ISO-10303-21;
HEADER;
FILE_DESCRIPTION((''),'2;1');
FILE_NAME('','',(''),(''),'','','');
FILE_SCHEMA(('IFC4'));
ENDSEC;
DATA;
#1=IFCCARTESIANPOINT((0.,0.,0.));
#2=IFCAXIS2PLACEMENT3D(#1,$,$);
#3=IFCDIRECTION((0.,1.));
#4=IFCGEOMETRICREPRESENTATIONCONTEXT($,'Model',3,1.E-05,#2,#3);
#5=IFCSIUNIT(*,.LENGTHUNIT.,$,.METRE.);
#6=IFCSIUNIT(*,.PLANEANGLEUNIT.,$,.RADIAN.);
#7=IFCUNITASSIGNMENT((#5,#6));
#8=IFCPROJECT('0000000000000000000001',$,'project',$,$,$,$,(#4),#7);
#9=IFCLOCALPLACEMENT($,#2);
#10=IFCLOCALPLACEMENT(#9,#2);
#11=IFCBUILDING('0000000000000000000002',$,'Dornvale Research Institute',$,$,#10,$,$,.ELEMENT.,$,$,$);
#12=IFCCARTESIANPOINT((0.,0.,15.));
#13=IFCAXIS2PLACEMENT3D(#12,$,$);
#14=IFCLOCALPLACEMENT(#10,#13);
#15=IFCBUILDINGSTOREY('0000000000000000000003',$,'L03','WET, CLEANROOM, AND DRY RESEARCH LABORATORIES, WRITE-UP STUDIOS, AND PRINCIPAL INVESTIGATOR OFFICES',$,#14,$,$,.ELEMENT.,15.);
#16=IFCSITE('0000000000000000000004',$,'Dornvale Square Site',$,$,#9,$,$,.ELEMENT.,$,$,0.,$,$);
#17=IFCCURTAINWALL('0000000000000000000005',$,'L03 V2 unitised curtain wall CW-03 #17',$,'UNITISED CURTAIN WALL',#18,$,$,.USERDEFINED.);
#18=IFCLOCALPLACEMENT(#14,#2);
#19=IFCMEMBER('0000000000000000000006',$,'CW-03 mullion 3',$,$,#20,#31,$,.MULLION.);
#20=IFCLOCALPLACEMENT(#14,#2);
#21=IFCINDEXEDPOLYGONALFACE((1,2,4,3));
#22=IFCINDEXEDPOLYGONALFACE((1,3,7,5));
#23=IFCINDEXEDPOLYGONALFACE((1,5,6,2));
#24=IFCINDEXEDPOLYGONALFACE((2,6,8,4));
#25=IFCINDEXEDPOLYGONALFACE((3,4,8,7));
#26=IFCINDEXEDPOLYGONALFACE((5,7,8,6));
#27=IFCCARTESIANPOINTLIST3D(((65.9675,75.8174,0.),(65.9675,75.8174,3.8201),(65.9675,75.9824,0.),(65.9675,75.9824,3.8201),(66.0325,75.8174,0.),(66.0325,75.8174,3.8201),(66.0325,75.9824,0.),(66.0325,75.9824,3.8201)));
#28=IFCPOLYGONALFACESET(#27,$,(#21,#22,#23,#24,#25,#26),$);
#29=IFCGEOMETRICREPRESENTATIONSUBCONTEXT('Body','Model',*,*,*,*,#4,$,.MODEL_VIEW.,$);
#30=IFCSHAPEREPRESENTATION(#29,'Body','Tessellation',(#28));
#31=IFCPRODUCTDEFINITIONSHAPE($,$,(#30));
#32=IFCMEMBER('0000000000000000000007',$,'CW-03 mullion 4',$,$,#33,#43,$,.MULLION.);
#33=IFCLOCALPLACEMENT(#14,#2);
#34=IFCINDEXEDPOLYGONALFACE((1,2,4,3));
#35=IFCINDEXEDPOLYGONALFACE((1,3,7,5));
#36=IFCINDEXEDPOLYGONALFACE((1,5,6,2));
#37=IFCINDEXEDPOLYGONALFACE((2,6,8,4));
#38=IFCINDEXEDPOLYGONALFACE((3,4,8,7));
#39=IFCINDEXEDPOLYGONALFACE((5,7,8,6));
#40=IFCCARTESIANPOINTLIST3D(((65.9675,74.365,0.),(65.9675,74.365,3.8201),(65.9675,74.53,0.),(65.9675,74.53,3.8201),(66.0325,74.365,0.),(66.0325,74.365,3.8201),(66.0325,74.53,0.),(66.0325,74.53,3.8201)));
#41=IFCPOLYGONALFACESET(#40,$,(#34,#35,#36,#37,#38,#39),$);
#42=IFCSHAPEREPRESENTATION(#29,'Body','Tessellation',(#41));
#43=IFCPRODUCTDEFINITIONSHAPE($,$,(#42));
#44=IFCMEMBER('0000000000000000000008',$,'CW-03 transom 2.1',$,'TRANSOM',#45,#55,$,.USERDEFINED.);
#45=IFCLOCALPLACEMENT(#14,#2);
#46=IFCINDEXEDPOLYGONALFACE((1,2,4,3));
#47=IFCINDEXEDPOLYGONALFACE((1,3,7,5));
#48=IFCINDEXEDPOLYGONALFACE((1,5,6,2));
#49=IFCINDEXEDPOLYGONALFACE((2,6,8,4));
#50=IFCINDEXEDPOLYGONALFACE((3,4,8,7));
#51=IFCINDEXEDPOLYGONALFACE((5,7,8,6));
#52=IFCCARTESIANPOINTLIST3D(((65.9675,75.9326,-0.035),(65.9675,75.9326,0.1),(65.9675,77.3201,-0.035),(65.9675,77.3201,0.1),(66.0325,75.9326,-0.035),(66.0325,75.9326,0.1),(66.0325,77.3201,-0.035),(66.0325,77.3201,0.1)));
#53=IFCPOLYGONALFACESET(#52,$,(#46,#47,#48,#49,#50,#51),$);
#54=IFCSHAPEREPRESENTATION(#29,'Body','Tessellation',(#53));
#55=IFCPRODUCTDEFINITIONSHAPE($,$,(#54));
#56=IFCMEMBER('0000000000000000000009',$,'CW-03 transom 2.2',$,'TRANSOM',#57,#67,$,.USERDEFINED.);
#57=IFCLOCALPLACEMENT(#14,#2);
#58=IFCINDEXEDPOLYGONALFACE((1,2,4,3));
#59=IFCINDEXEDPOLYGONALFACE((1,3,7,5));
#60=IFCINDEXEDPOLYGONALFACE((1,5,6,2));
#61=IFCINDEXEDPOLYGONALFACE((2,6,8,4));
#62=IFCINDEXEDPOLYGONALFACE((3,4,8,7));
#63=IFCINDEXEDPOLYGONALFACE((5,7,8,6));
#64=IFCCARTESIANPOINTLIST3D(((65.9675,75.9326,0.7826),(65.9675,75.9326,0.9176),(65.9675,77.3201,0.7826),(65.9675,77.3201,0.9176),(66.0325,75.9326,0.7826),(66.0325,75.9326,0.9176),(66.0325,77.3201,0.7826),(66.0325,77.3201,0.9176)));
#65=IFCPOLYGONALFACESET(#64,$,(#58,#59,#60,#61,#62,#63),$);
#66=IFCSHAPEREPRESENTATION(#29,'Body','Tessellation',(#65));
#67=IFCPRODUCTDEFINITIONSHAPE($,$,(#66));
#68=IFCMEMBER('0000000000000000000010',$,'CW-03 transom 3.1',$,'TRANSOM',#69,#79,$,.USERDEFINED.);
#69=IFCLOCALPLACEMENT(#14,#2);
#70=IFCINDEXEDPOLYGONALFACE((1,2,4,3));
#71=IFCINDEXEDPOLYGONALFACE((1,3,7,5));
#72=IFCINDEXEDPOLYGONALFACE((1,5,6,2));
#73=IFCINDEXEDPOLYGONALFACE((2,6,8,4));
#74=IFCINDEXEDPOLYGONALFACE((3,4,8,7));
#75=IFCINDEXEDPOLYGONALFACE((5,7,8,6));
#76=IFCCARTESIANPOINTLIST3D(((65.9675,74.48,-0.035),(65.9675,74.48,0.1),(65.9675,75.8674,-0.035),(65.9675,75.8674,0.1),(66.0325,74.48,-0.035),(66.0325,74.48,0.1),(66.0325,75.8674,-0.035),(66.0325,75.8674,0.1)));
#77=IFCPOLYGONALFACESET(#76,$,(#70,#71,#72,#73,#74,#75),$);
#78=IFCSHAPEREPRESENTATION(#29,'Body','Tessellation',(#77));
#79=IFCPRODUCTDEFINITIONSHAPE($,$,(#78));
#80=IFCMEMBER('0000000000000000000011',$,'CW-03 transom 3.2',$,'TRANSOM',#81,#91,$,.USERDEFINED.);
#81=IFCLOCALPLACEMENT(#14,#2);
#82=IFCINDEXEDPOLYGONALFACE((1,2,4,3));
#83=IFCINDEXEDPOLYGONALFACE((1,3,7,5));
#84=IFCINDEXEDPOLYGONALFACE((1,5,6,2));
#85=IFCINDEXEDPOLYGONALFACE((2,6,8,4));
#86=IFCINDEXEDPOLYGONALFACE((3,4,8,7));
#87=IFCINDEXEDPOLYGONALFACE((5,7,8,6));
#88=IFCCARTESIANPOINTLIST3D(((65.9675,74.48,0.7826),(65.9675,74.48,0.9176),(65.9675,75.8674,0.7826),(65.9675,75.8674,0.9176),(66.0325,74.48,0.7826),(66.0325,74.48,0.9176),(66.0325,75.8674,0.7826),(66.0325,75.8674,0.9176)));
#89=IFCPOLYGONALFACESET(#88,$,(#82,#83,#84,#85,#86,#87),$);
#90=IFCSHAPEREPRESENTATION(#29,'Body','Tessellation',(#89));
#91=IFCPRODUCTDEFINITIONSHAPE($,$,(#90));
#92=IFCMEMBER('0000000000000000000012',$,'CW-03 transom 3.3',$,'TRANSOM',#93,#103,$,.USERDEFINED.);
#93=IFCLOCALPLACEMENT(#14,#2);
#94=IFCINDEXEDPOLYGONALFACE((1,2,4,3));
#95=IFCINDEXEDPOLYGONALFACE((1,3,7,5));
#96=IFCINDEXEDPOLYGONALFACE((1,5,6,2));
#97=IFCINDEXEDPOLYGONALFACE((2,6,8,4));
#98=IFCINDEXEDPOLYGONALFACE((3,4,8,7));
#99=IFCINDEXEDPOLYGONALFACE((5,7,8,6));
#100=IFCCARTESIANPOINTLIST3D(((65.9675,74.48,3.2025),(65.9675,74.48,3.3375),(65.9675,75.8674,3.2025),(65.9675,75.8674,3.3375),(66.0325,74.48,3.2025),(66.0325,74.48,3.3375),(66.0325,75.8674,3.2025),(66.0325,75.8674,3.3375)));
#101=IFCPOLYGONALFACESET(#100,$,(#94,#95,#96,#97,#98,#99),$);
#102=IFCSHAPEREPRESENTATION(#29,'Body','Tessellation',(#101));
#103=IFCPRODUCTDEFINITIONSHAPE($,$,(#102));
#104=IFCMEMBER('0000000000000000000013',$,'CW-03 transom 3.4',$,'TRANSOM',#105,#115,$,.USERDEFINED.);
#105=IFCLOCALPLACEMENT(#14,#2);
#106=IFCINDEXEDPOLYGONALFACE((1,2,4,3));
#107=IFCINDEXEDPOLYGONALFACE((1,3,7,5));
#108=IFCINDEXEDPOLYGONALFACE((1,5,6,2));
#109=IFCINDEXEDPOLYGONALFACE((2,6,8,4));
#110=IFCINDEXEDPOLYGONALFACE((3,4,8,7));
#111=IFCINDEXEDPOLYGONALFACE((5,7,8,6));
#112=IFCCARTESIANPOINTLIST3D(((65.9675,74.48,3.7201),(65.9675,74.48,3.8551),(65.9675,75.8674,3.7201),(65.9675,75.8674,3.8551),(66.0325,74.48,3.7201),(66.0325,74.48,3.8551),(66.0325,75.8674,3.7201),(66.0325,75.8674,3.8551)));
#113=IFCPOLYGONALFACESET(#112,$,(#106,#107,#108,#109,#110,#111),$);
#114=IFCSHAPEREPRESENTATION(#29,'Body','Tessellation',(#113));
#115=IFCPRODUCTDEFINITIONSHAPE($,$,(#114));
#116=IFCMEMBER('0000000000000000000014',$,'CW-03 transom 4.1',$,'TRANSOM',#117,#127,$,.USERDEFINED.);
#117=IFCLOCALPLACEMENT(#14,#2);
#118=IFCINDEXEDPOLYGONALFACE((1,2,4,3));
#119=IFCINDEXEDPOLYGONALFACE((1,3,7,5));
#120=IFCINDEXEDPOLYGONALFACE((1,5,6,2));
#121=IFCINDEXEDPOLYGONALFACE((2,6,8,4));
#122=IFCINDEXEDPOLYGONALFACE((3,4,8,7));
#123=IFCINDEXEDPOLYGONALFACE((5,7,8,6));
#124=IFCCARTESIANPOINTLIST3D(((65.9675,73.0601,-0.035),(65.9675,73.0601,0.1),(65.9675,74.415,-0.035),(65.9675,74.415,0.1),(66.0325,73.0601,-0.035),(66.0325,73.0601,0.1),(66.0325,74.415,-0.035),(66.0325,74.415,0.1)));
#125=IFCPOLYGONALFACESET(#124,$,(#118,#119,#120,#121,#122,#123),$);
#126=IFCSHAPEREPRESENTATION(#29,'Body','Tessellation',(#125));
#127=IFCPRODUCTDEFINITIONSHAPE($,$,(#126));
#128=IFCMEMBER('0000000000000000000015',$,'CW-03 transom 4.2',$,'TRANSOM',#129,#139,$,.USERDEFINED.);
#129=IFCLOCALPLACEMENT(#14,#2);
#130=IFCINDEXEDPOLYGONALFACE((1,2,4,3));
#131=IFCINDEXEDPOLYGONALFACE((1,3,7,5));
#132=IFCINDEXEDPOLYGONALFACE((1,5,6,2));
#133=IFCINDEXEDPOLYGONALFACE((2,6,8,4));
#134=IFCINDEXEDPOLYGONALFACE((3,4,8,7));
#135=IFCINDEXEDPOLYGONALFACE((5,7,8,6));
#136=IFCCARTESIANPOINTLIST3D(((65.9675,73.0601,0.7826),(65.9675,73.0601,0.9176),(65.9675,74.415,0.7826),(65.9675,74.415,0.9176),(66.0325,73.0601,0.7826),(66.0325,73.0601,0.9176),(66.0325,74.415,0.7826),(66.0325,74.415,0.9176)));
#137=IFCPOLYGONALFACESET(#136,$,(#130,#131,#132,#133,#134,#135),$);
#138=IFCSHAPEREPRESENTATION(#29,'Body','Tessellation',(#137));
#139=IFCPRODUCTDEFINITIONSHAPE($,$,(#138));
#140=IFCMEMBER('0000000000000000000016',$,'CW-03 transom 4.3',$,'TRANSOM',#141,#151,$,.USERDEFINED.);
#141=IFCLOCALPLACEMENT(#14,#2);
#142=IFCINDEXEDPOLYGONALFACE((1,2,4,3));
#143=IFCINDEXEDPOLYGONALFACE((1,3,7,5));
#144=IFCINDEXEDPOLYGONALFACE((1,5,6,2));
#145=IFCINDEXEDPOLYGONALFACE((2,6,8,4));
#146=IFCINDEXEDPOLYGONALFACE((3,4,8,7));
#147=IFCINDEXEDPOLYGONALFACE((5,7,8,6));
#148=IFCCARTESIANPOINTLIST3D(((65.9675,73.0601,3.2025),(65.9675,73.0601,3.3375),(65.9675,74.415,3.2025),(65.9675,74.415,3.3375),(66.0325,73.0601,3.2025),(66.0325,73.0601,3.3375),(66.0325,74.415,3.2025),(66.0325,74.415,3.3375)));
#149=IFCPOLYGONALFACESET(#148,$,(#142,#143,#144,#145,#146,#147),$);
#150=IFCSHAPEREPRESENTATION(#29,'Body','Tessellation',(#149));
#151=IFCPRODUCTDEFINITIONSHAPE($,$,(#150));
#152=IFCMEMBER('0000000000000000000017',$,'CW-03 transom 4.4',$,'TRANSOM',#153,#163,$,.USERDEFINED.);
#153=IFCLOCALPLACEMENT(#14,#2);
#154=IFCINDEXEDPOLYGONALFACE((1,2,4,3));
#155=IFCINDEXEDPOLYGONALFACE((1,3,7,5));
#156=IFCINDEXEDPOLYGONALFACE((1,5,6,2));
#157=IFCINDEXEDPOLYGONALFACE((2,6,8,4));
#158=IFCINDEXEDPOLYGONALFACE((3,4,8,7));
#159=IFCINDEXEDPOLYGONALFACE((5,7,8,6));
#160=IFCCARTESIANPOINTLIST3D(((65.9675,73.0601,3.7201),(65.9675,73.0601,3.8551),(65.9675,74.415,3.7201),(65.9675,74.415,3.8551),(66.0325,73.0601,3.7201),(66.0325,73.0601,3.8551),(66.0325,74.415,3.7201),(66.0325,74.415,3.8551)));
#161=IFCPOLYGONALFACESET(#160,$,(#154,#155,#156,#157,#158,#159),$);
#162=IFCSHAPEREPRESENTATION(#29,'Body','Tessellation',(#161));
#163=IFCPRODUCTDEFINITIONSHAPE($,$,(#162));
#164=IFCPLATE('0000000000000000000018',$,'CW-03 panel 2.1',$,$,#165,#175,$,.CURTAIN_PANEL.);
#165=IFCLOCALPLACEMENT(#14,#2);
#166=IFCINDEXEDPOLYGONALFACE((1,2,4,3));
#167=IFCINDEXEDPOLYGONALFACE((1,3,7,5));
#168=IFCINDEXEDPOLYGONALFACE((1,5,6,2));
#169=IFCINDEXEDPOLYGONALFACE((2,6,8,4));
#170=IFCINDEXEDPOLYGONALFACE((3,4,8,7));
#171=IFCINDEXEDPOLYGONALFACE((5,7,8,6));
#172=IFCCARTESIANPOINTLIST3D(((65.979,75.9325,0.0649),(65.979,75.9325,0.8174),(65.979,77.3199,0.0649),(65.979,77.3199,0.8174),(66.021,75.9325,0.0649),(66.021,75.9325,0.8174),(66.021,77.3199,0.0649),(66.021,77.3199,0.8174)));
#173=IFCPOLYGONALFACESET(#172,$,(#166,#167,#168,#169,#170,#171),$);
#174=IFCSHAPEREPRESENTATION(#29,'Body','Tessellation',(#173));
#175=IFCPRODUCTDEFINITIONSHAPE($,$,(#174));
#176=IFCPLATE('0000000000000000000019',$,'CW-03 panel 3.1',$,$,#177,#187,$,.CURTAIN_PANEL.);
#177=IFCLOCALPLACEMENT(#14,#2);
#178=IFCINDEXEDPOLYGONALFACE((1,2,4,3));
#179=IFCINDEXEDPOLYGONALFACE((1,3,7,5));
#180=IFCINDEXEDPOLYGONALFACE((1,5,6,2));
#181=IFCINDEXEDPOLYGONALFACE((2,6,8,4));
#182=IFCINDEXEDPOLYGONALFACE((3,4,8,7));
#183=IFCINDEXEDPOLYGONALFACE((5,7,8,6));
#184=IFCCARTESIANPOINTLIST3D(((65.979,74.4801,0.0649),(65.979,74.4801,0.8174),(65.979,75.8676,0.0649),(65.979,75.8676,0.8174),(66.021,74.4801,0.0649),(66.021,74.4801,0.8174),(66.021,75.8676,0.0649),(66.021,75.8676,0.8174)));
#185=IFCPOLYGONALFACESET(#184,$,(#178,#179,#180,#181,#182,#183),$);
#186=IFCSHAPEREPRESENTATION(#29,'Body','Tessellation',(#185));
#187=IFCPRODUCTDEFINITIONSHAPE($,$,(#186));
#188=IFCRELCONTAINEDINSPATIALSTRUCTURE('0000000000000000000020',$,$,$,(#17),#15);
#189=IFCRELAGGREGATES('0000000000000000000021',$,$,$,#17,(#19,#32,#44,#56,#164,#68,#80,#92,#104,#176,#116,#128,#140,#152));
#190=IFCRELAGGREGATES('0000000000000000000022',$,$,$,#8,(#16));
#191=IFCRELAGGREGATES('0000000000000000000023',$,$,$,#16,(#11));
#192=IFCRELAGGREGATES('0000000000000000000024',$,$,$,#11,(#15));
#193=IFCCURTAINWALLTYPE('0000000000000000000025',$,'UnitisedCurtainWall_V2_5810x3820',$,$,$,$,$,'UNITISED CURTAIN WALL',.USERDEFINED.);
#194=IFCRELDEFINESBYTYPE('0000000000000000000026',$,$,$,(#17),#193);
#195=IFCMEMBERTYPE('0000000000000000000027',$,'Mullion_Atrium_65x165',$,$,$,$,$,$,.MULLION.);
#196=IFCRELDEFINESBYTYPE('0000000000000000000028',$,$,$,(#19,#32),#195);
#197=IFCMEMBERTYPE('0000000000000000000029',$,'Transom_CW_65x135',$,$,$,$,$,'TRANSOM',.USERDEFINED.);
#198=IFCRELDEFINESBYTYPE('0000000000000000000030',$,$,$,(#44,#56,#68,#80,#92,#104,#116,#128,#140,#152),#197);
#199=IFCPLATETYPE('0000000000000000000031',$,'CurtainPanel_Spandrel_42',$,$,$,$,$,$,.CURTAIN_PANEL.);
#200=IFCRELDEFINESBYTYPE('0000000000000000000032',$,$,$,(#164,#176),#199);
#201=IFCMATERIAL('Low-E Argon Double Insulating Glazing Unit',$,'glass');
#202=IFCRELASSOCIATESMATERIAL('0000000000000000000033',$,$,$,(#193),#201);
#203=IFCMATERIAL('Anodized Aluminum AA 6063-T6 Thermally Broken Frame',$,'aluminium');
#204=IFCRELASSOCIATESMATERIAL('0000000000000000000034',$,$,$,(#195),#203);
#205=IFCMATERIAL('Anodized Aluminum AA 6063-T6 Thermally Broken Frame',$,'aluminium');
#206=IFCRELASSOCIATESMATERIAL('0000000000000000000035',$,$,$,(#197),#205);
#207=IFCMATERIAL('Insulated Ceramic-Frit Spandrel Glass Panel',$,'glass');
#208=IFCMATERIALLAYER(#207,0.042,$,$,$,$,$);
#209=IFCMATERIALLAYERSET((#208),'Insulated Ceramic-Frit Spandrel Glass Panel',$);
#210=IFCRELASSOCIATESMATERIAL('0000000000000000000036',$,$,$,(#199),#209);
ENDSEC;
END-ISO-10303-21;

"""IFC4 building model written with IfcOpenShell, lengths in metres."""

from ifc_helpers import new_model, si_unit, direction, frame, origin, origin_2d, place, context, subcontext, project, spatial, rectangle, extrude, material, layer, layer_set, material_profile, profile_set, type_object, element, aggregate, save


model = new_model("IFC4")

# Units and contexts
model_context = context("Model", 3, precision=1e-05, world=origin(), true_north=direction((0.0, 1.0)))
body_context = subcontext(model_context, "Body", "Model", "MODEL_VIEW")
ifc_project = project(units=[si_unit("LENGTHUNIT", "METRE"), si_unit("PLANEANGLEUNIT", "RADIAN")], contexts=[model_context])

# Site, building, storey
site_placement = place(None, origin())
site = spatial("IfcSite", under=ifc_project, at=site_placement, Name="Dornvale Square Site", CompositionType="ELEMENT", RefElevation=0.0)
building_placement = place(site_placement, origin())
building = spatial("IfcBuilding", under=site, at=building_placement, Name="Dornvale Research Institute", CompositionType="ELEMENT")
storey_placement = place(building_placement, frame((0.0, 0.0, 15.0)))
storey = spatial("IfcBuildingStorey", under=building, at=storey_placement, Name="L03", Description="WET, CLEANROOM, AND DRY RESEARCH LABORATORIES, WRITE-UP STUDIOS, AND PRINCIPAL INVESTIGATOR OFFICES", CompositionType="ELEMENT", Elevation=15.0)

# Curtain wall, members, plates
ifc_material_1 = material(Name="Low-E Argon Double Insulating Glazing Unit", Category="glass")
curtain_wall_type = type_object("IfcCurtainWallType", Name="UnitisedCurtainWall_V2_5810x3820", ElementType="UNITISED CURTAIN WALL", PredefinedType="USERDEFINED", material=ifc_material_1)
curtain_wall_placement = place(storey_placement, origin())
curtain_wall = element("IfcCurtainWall", 1, at=curtain_wall_placement, inside=storey, type_object=curtain_wall_type, Name="L03 V2 unitised curtain wall CW-03 #17", ObjectType="UNITISED CURTAIN WALL", PredefinedType="USERDEFINED")
ifc_material_2 = material(Name="Anodized Aluminum AA 6063-T6 Thermally Broken Frame", Category="aluminium")
ifc_material_profile_1 = material_profile(ifc_material_2, rectangle(XDim=0.0649, YDim=0.165, at=origin_2d()), Name="ALU MULLION 65x165")
ifc_profile_set_1 = profile_set([ifc_material_profile_1], Name="Anodized Aluminum AA 6063-T6 Thermally Broken Frame")
member_type_1 = type_object("IfcMemberType", Name="Mullion_Atrium_65x165", PredefinedType="MULLION", material=ifc_profile_set_1)
member_1_placement = place(storey_placement, frame((66.0, 75.8999, 0.0), z_axis=(0.0, 0.0, 1.0), x_axis=(1.0, 0.0, 0.0)))
member_1 = element("IfcMember", 2, at=member_1_placement, type_object=member_type_1, Name="CW-03 mullion 3", PredefinedType="MULLION", context=body_context, shape_type="SweptSolid", body=[
    extrude(rectangle(XDim=0.0649, YDim=0.165, at=origin_2d()), origin(), (0.0, 0.0, 1.0), 3.8201),
])
member_2_placement = place(storey_placement, frame((66.0, 74.4475, 0.0), z_axis=(0.0, 0.0, 1.0), x_axis=(1.0, 0.0, 0.0)))
member_2 = element("IfcMember", 3, at=member_2_placement, type_object=member_type_1, Name="CW-03 mullion 4", PredefinedType="MULLION", context=body_context, shape_type="SweptSolid", body=[
    extrude(rectangle(XDim=0.0649, YDim=0.165, at=origin_2d()), origin(), (0.0, 0.0, 1.0), 3.8201),
])
ifc_material_3 = material(Name="Anodized Aluminum AA 6063-T6 Thermally Broken Frame", Category="aluminium")
ifc_material_profile_2 = material_profile(ifc_material_3, rectangle(XDim=0.0649, YDim=0.135, at=origin_2d()), Name="ALU TRANSOM 65x135")
ifc_profile_set_2 = profile_set([ifc_material_profile_2], Name="Anodized Aluminum AA 6063-T6 Thermally Broken Frame")
member_type_2 = type_object("IfcMemberType", Name="Transom_CW_65x135", ElementType="TRANSOM", PredefinedType="USERDEFINED", material=ifc_profile_set_2)
member_3_placement = place(storey_placement, frame((66.0, 77.3201, 0.0325), z_axis=(0.0, -1.0, 0.0), x_axis=(1.0, 0.0, 0.0)))
member_3 = element("IfcMember", 4, at=member_3_placement, type_object=member_type_2, Name="CW-03 transom 2.1", ObjectType="TRANSOM", PredefinedType="USERDEFINED", context=body_context, shape_type="SweptSolid", body=[
    extrude(rectangle(XDim=0.0649, YDim=0.135, at=origin_2d()), origin(), (0.0, 0.0, 1.0), 1.3875),
])
member_4_placement = place(storey_placement, frame((66.0, 77.3201, 0.8501), z_axis=(0.0, -1.0, 0.0), x_axis=(1.0, 0.0, 0.0)))
member_4 = element("IfcMember", 5, at=member_4_placement, type_object=member_type_2, Name="CW-03 transom 2.2", ObjectType="TRANSOM", PredefinedType="USERDEFINED", context=body_context, shape_type="SweptSolid", body=[
    extrude(rectangle(XDim=0.0649, YDim=0.135, at=origin_2d()), origin(), (0.0, 0.0, 1.0), 1.3875),
])
member_5_placement = place(storey_placement, frame((66.0, 75.8674, 0.0325), z_axis=(0.0, -1.0, 0.0), x_axis=(1.0, 0.0, 0.0)))
member_5 = element("IfcMember", 6, at=member_5_placement, type_object=member_type_2, Name="CW-03 transom 3.1", ObjectType="TRANSOM", PredefinedType="USERDEFINED", context=body_context, shape_type="SweptSolid", body=[
    extrude(rectangle(XDim=0.0649, YDim=0.135, at=origin_2d()), origin(), (0.0, 0.0, 1.0), 1.3875),
])
member_6_placement = place(storey_placement, frame((66.0, 75.8674, 0.8501), z_axis=(0.0, -1.0, 0.0), x_axis=(1.0, 0.0, 0.0)))
member_6 = element("IfcMember", 7, at=member_6_placement, type_object=member_type_2, Name="CW-03 transom 3.2", ObjectType="TRANSOM", PredefinedType="USERDEFINED", context=body_context, shape_type="SweptSolid", body=[
    extrude(rectangle(XDim=0.0649, YDim=0.135, at=origin_2d()), origin(), (0.0, 0.0, 1.0), 1.3875),
])
member_7_placement = place(storey_placement, frame((66.0, 75.8674, 3.27), z_axis=(0.0, -1.0, 0.0), x_axis=(1.0, 0.0, 0.0)))
member_7 = element("IfcMember", 8, at=member_7_placement, type_object=member_type_2, Name="CW-03 transom 3.3", ObjectType="TRANSOM", PredefinedType="USERDEFINED", context=body_context, shape_type="SweptSolid", body=[
    extrude(rectangle(XDim=0.0649, YDim=0.135, at=origin_2d()), origin(), (0.0, 0.0, 1.0), 1.3875),
])
member_8_placement = place(storey_placement, frame((66.0, 75.8674, 3.7876), z_axis=(0.0, -1.0, 0.0), x_axis=(1.0, 0.0, 0.0)))
member_8 = element("IfcMember", 9, at=member_8_placement, type_object=member_type_2, Name="CW-03 transom 3.4", ObjectType="TRANSOM", PredefinedType="USERDEFINED", context=body_context, shape_type="SweptSolid", body=[
    extrude(rectangle(XDim=0.0649, YDim=0.135, at=origin_2d()), origin(), (0.0, 0.0, 1.0), 1.3875),
])
member_9_placement = place(storey_placement, frame((66.0, 74.415, 0.0325), z_axis=(0.0, -1.0, 0.0), x_axis=(1.0, 0.0, 0.0)))
member_9 = element("IfcMember", 10, at=member_9_placement, type_object=member_type_2, Name="CW-03 transom 4.1", ObjectType="TRANSOM", PredefinedType="USERDEFINED", context=body_context, shape_type="SweptSolid", body=[
    extrude(rectangle(XDim=0.0649, YDim=0.135, at=origin_2d()), origin(), (0.0, 0.0, 1.0), 1.355),
])
member_10_placement = place(storey_placement, frame((66.0, 74.415, 0.8501), z_axis=(0.0, -1.0, 0.0), x_axis=(1.0, 0.0, 0.0)))
member_10 = element("IfcMember", 11, at=member_10_placement, type_object=member_type_2, Name="CW-03 transom 4.2", ObjectType="TRANSOM", PredefinedType="USERDEFINED", context=body_context, shape_type="SweptSolid", body=[
    extrude(rectangle(XDim=0.0649, YDim=0.135, at=origin_2d()), origin(), (0.0, 0.0, 1.0), 1.355),
])
member_11_placement = place(storey_placement, frame((66.0, 74.415, 3.27), z_axis=(0.0, -1.0, 0.0), x_axis=(1.0, 0.0, 0.0)))
member_11 = element("IfcMember", 12, at=member_11_placement, type_object=member_type_2, Name="CW-03 transom 4.3", ObjectType="TRANSOM", PredefinedType="USERDEFINED", context=body_context, shape_type="SweptSolid", body=[
    extrude(rectangle(XDim=0.0649, YDim=0.135, at=origin_2d()), origin(), (0.0, 0.0, 1.0), 1.355),
])
member_12_placement = place(storey_placement, frame((66.0, 74.415, 3.7876), z_axis=(0.0, -1.0, 0.0), x_axis=(1.0, 0.0, 0.0)))
member_12 = element("IfcMember", 13, at=member_12_placement, type_object=member_type_2, Name="CW-03 transom 4.4", ObjectType="TRANSOM", PredefinedType="USERDEFINED", context=body_context, shape_type="SweptSolid", body=[
    extrude(rectangle(XDim=0.0649, YDim=0.135, at=origin_2d()), origin(), (0.0, 0.0, 1.0), 1.355),
])
ifc_material_4 = material(Name="Insulated Ceramic-Frit Spandrel Glass Panel", Category="glass")
ifc_layer_1 = layer(ifc_material_4, 0.042)
ifc_layer_set_1 = layer_set([ifc_layer_1], Name="Insulated Ceramic-Frit Spandrel Glass Panel")
plate_type_1 = type_object("IfcPlateType", Name="CurtainPanel_Spandrel_42", PredefinedType="CURTAIN_PANEL", material=ifc_layer_set_1)
plate_1_placement = place(storey_placement, frame((66.0, 76.6262, 0.0649), z_axis=(0.0, 0.0, 1.0), x_axis=(0.0, -1.0, 0.0)))
plate_1 = element("IfcPlate", 14, at=plate_1_placement, type_object=plate_type_1, Name="CW-03 panel 2.1", PredefinedType="CURTAIN_PANEL", context=body_context, shape_type="SweptSolid", body=[
    extrude(rectangle(XDim=1.3875, YDim=0.042, at=origin_2d()), origin(), (0.0, 0.0, 1.0), 0.7524),
])
plate_2_placement = place(storey_placement, frame((66.0, 75.1738, 0.0649), z_axis=(0.0, 0.0, 1.0), x_axis=(0.0, -1.0, 0.0)))
plate_2 = element("IfcPlate", 15, at=plate_2_placement, type_object=plate_type_1, Name="CW-03 panel 3.1", PredefinedType="CURTAIN_PANEL", context=body_context, shape_type="SweptSolid", body=[
    extrude(rectangle(XDim=1.3875, YDim=0.042, at=origin_2d()), origin(), (0.0, 0.0, 1.0), 0.7524),
])
aggregate(curtain_wall, [member_1, member_2, member_3, member_4, plate_1, member_5, member_6, member_7, member_8, plate_2, member_9, member_10, member_11, member_12])

save(model, "model.ifc")
